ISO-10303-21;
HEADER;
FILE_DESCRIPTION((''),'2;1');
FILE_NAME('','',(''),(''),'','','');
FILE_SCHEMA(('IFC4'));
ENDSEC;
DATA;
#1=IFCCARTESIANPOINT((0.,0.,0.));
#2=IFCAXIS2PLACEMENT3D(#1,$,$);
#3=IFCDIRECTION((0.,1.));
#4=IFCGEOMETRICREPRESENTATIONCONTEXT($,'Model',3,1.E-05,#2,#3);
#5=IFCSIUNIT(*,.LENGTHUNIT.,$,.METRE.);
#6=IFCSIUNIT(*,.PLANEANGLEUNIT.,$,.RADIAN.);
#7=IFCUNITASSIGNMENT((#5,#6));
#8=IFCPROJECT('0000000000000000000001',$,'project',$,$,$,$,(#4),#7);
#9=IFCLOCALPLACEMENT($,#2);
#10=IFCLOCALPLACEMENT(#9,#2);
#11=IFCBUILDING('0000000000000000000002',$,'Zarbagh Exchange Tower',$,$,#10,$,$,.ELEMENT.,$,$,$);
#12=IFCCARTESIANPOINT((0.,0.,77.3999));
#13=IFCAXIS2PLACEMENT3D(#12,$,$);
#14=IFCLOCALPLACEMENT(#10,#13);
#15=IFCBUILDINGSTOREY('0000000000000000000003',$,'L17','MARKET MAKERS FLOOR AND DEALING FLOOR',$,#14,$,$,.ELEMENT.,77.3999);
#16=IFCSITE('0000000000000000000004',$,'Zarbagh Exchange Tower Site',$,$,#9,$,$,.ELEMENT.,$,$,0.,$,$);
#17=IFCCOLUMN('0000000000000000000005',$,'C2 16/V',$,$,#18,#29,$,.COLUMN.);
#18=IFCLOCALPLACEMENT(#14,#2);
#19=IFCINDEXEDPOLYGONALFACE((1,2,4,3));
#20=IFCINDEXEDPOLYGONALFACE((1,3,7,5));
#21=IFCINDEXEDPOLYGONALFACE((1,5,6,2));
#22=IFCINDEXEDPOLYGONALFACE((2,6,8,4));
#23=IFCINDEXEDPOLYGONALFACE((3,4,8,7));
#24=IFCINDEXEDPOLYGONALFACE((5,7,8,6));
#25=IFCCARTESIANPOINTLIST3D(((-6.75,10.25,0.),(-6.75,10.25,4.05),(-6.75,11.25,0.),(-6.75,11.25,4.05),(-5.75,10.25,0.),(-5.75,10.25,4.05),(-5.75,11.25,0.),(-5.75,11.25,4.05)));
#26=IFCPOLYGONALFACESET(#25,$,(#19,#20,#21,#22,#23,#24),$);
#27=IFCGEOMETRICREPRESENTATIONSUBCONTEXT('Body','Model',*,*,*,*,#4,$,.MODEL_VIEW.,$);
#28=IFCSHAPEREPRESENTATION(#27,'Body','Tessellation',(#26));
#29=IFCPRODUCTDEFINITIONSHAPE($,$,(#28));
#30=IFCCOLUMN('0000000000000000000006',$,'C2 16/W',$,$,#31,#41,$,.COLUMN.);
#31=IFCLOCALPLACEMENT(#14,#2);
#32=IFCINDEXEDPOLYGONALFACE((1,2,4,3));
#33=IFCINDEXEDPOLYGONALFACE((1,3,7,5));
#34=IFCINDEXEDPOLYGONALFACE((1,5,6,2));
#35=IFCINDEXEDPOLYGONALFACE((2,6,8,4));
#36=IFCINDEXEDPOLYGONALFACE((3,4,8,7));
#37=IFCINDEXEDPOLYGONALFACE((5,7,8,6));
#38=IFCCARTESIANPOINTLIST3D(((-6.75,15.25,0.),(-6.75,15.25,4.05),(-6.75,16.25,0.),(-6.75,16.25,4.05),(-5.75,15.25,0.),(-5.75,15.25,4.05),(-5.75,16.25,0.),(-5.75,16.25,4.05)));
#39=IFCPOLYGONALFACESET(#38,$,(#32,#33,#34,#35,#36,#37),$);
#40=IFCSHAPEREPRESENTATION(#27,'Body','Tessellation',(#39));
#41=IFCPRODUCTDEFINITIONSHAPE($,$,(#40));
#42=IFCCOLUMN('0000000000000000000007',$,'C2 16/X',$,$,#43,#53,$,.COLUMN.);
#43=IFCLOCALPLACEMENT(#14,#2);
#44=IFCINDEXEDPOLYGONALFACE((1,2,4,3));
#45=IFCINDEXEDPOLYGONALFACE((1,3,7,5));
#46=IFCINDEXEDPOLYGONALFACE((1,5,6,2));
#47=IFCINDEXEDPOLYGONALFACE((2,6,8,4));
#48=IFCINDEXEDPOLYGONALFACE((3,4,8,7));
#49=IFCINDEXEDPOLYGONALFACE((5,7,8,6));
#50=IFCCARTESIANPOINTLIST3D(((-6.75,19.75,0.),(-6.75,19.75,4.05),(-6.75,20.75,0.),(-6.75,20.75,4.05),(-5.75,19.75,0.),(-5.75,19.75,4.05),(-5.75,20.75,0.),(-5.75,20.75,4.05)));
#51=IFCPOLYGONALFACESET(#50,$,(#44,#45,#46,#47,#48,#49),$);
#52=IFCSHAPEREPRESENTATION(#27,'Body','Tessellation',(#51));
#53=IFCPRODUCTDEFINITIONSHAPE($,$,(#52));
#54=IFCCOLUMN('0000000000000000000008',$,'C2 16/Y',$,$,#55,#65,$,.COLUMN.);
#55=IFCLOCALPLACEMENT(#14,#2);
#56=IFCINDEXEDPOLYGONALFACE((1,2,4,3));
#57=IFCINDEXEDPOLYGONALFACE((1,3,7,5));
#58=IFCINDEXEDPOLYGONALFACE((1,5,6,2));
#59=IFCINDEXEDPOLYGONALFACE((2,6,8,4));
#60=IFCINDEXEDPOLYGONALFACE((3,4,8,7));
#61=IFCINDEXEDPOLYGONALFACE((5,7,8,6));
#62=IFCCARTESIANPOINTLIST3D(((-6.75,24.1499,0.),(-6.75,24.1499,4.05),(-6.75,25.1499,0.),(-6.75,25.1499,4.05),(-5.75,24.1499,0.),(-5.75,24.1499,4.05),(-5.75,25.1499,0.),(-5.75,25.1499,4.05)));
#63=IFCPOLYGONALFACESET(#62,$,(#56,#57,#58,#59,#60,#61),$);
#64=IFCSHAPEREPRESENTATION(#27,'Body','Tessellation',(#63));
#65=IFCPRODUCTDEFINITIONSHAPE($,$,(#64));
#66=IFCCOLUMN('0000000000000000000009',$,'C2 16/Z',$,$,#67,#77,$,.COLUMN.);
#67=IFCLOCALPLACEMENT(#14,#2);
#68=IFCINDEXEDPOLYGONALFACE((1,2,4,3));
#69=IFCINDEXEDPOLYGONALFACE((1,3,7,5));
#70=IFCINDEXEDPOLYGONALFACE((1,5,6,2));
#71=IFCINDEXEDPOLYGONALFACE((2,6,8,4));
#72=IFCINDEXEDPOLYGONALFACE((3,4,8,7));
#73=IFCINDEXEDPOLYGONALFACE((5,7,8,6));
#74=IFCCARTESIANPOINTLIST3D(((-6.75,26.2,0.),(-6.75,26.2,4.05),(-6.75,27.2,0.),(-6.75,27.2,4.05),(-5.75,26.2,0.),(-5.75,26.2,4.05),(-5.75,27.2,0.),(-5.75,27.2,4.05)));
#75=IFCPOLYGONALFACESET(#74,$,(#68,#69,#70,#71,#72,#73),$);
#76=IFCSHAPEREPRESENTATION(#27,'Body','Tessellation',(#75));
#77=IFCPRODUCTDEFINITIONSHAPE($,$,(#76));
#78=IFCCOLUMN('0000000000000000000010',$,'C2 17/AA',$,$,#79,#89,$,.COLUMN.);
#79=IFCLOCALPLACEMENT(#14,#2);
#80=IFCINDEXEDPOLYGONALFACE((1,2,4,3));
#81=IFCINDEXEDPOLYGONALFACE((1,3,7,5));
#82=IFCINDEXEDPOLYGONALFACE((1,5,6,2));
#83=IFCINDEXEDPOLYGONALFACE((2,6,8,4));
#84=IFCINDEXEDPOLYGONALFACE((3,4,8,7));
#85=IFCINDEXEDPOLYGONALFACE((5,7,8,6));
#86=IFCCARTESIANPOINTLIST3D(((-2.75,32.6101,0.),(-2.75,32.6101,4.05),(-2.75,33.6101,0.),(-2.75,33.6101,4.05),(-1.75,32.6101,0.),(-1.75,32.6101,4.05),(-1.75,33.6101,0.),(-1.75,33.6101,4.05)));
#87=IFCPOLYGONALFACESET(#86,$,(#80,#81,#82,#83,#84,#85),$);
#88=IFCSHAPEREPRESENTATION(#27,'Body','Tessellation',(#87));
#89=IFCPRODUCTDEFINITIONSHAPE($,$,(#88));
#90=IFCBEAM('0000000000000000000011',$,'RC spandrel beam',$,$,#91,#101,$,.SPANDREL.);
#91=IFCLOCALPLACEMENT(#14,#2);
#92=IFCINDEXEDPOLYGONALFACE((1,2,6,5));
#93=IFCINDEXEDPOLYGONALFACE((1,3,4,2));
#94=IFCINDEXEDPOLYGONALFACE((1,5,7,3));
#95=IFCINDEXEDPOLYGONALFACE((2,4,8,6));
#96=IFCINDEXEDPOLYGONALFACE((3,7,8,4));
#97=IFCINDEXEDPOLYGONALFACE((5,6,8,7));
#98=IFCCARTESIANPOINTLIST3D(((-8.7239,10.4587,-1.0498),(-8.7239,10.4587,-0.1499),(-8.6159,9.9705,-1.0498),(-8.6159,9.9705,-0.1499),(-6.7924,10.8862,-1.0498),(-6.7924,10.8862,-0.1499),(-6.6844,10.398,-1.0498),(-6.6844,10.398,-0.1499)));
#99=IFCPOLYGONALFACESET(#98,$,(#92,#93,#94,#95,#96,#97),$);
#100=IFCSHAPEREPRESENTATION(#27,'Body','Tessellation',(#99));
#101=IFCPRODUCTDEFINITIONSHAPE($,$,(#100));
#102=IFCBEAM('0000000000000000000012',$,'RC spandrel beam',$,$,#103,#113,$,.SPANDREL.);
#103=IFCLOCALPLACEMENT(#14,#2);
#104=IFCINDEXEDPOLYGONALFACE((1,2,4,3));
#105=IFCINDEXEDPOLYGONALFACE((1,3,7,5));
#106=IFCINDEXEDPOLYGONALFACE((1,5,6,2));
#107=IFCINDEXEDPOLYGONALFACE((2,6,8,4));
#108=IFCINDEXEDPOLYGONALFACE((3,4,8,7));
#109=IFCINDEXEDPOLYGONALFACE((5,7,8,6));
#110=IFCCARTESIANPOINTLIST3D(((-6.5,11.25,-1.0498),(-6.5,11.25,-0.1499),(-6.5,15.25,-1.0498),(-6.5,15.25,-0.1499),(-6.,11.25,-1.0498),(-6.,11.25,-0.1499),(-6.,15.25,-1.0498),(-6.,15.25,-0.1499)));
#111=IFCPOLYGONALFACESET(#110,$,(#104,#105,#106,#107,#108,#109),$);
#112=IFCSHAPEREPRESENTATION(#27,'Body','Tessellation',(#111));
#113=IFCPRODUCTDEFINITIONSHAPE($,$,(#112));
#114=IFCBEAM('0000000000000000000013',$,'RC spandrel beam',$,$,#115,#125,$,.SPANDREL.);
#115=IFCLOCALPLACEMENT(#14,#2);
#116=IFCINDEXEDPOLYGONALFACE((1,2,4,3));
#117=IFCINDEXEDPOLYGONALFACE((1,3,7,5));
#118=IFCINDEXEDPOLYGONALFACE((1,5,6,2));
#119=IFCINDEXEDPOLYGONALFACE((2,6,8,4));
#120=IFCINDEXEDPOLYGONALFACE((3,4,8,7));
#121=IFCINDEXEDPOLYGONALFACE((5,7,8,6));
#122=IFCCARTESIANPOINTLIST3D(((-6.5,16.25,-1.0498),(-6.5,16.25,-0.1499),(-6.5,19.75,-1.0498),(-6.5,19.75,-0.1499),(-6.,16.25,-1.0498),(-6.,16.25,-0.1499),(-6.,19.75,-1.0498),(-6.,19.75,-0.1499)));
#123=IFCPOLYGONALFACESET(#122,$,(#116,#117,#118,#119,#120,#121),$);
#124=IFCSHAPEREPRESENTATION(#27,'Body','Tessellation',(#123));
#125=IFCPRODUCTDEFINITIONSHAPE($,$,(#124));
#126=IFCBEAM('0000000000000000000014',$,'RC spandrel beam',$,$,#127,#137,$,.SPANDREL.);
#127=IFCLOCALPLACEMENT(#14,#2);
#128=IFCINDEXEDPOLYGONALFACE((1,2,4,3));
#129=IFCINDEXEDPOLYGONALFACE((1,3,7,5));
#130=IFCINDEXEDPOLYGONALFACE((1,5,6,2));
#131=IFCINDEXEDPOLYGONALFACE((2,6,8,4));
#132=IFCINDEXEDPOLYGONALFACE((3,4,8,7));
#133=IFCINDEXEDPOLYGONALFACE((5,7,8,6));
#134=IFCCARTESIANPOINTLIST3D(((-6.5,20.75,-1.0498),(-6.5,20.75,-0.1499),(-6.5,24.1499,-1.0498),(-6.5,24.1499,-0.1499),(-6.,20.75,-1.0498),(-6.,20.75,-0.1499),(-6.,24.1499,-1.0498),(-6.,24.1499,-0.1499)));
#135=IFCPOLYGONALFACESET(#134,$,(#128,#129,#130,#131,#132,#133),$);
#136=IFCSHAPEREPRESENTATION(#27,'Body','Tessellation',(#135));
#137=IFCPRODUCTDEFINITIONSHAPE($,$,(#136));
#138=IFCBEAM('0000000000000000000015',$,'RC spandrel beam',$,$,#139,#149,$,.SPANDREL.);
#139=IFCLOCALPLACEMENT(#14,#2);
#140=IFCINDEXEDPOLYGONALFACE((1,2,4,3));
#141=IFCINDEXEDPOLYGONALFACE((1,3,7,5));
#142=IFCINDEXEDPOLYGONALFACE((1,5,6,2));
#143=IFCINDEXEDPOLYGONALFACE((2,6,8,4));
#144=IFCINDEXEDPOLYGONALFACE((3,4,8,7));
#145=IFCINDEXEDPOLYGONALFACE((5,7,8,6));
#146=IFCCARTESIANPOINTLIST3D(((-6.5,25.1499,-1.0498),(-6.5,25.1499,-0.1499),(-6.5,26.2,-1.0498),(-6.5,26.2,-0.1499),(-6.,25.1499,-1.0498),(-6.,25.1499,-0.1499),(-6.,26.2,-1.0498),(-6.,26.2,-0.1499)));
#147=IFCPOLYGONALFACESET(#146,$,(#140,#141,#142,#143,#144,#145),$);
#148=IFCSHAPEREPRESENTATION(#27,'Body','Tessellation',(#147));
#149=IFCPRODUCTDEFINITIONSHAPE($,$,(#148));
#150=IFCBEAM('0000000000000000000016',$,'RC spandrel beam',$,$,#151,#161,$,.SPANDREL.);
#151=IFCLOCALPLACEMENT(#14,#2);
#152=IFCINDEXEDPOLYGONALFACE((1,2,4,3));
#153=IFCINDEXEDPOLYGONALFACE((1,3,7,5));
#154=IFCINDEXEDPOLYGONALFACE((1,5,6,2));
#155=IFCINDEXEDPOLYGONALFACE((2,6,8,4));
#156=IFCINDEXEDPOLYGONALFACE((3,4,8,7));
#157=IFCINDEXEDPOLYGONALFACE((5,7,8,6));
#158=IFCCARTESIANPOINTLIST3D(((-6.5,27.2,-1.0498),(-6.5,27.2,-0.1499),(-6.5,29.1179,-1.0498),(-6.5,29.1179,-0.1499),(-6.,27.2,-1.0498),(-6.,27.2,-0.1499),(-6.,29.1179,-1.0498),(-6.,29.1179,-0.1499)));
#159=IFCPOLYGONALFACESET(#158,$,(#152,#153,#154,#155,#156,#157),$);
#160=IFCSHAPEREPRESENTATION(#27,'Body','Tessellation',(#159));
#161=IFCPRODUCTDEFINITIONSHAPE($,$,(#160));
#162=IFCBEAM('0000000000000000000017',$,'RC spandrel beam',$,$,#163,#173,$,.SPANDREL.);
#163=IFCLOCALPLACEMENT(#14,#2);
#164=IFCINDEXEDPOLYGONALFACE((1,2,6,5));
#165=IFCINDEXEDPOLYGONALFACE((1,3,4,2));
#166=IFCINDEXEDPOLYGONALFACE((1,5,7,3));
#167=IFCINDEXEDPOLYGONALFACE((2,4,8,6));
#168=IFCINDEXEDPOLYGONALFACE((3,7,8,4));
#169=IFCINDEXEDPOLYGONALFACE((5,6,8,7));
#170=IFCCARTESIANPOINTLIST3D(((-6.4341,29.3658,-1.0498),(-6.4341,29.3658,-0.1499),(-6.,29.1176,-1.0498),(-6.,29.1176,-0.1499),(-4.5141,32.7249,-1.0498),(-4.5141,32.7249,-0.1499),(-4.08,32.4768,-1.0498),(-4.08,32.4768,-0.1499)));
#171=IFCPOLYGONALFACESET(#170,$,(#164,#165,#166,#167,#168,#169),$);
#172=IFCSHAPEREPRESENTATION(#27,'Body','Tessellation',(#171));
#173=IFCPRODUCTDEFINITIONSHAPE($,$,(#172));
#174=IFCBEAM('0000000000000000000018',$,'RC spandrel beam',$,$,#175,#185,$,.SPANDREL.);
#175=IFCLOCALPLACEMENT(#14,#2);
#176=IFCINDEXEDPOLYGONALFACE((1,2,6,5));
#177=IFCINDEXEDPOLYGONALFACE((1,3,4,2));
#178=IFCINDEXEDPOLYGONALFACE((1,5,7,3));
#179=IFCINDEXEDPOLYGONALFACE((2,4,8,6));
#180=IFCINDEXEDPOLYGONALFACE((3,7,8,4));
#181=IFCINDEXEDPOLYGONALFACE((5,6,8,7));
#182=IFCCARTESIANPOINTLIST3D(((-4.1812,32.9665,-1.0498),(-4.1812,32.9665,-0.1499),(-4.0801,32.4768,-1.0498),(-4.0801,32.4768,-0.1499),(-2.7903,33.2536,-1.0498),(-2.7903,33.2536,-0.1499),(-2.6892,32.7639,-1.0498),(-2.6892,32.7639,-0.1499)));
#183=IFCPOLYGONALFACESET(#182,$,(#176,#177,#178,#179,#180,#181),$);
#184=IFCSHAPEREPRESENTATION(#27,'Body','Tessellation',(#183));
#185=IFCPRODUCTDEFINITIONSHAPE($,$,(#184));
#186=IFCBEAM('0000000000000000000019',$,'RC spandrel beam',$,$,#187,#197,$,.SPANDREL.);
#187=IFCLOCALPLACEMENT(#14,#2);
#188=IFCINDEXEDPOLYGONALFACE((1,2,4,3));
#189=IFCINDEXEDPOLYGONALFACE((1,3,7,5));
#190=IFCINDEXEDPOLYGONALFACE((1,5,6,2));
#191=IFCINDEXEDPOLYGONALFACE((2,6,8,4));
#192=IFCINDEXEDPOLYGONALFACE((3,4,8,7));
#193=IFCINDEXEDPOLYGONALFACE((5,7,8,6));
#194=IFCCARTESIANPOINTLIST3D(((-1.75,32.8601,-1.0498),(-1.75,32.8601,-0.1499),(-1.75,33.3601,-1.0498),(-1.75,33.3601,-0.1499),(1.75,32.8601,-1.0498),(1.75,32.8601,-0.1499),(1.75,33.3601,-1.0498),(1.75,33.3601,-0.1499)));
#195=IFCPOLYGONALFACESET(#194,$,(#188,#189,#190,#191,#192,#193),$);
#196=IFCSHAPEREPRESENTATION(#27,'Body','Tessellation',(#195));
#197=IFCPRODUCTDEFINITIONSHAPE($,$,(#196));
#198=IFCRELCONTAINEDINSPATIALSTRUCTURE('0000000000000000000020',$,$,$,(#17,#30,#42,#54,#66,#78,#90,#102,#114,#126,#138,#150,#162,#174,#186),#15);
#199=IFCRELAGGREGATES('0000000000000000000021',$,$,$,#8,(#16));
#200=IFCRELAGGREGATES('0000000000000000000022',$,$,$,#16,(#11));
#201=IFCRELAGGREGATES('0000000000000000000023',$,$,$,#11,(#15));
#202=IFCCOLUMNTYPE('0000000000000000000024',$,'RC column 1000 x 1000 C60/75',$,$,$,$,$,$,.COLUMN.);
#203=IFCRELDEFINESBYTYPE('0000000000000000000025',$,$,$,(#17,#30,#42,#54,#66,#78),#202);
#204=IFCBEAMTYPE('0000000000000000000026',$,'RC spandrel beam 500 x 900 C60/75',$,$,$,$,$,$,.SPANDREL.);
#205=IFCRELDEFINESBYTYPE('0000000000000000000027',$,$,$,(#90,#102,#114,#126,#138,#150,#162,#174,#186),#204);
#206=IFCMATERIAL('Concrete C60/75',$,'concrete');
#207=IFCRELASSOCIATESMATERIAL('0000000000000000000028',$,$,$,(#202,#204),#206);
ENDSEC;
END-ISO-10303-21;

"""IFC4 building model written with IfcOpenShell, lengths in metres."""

from ifc_helpers import new_model, si_unit, direction, frame, origin, origin_2d, place, context, subcontext, project, spatial, rectangle, extrude, material, material_profile, profile_set, type_object, element, save


model = new_model("IFC4")

# Units and contexts
model_context = context("Model", 3, precision=1e-05, world=origin(), true_north=direction((0.0, 1.0)))
body_context = subcontext(model_context, "Body", "Model", "MODEL_VIEW")
ifc_project = project(units=[si_unit("LENGTHUNIT", "METRE"), si_unit("PLANEANGLEUNIT", "RADIAN")], contexts=[model_context])

# Site, building, storey
site_placement = place(None, origin())
site = spatial("IfcSite", under=ifc_project, at=site_placement, Name="Zarbagh Exchange Tower Site", CompositionType="ELEMENT", RefElevation=0.0)
building_placement = place(site_placement, origin())
building = spatial("IfcBuilding", under=site, at=building_placement, Name="Zarbagh Exchange Tower", CompositionType="ELEMENT")
storey_placement = place(building_placement, frame((0.0, 0.0, 77.3999)))
storey = spatial("IfcBuildingStorey", under=building, at=storey_placement, Name="L17", Description="MARKET MAKERS FLOOR AND DEALING FLOOR", CompositionType="ELEMENT", Elevation=77.3999)

# Columns
ifc_material_1 = material(Name="Concrete C60/75", Category="concrete")
ifc_material_profile_1 = material_profile(ifc_material_1, rectangle(XDim=1.0, YDim=1.0, at=origin_2d()), Name="RC column 1000 x 1000 C60/75")
ifc_profile_set_1 = profile_set([ifc_material_profile_1], Name="Concrete C60/75")
column_type = type_object("IfcColumnType", Name="RC column 1000 x 1000 C60/75", PredefinedType="COLUMN", material=ifc_profile_set_1)
for number, where, z_axis, x_axis, name in (
    (1, (-6.25, 10.75, 0.0), (0.0, 0.0, 1.0), (1.0, 0.0, 0.0), "C2 16/V"),
    (2, (-6.25, 15.75, 0.0), (0.0, 0.0, 1.0), (1.0, 0.0, 0.0), "C2 16/W"),
    (3, (-6.25, 20.25, 0.0), (0.0, 0.0, 1.0), (1.0, 0.0, 0.0), "C2 16/X"),
    (4, (-6.25, 24.6499, 0.0), (0.0, 0.0, 1.0), (1.0, 0.0, 0.0), "C2 16/Y"),
    (5, (-6.25, 26.7, 0.0), (0.0, 0.0, 1.0), (1.0, 0.0, 0.0), "C2 16/Z"),
    (6, (-2.25, 33.1101, 0.0), (0.0, 0.0, 1.0), (1.0, 0.0, 0.0), "C2 17/AA"),
):
    element("IfcColumn", number, at=place(storey_placement, frame(where, z_axis=z_axis, x_axis=x_axis)), inside=storey, type_object=column_type, Name=name, PredefinedType="COLUMN", context=body_context, shape_type="SweptSolid", body=[
        extrude(rectangle(XDim=1.0, YDim=1.0, at=origin_2d()), origin(), (0.0, 0.0, 1.0), 4.05),
    ])

# Beams
ifc_material_profile_2 = material_profile(ifc_material_1, rectangle(XDim=0.5, YDim=0.8999, at=origin_2d()), Name="RC spandrel beam 500 x 900 C60/75")
ifc_profile_set_2 = profile_set([ifc_material_profile_2], Name="Concrete C60/75")
beam_type = type_object("IfcBeamType", Name="RC spandrel beam 500 x 900 C60/75", PredefinedType="SPANDREL", material=ifc_profile_set_2)
beam_1_placement = place(storey_placement, frame((-8.6699, 10.2146, -0.5999), z_axis=(0.976375, 0.216081, 0.0), x_axis=(-0.216081, 0.976375, 0.0)))
element("IfcBeam", 7, at=beam_1_placement, inside=storey, type_object=beam_type, Name="RC spandrel beam", PredefinedType="SPANDREL", context=body_context, shape_type="SweptSolid", body=[
    extrude(rectangle(XDim=0.5, YDim=0.8999, at=origin_2d()), origin(), (0.0, 0.0, 1.0), 1.9783),
])
beam_2_placement = place(storey_placement, frame((-6.25, 11.25, -0.5999), z_axis=(0.0, 1.0, 0.0), x_axis=(-1.0, 0.0, 0.0)))
element("IfcBeam", 8, at=beam_2_placement, inside=storey, type_object=beam_type, Name="RC spandrel beam", PredefinedType="SPANDREL", context=body_context, shape_type="SweptSolid", body=[
    extrude(rectangle(XDim=0.5, YDim=0.8999, at=origin_2d()), origin(), (0.0, 0.0, 1.0), 4.0),
])
beam_3_placement = place(storey_placement, frame((-6.25, 16.25, -0.5999), z_axis=(0.0, 1.0, 0.0), x_axis=(-1.0, 0.0, 0.0)))
element("IfcBeam", 9, at=beam_3_placement, inside=storey, type_object=beam_type, Name="RC spandrel beam", PredefinedType="SPANDREL", context=body_context, shape_type="SweptSolid", body=[
    extrude(rectangle(XDim=0.5, YDim=0.8999, at=origin_2d()), origin(), (0.0, 0.0, 1.0), 3.5),
])
beam_4_placement = place(storey_placement, frame((-6.25, 20.75, -0.5999), z_axis=(0.0, 1.0, 0.0), x_axis=(-1.0, 0.0, 0.0)))
element("IfcBeam", 10, at=beam_4_placement, inside=storey, type_object=beam_type, Name="RC spandrel beam", PredefinedType="SPANDREL", context=body_context, shape_type="SweptSolid", body=[
    extrude(rectangle(XDim=0.5, YDim=0.8999, at=origin_2d()), origin(), (0.0, 0.0, 1.0), 3.3999),
])
beam_5_placement = place(storey_placement, frame((-6.25, 25.1499, -0.5999), z_axis=(0.0, 1.0, 0.0), x_axis=(-1.0, 0.0, 0.0)))
element("IfcBeam", 11, at=beam_5_placement, inside=storey, type_object=beam_type, Name="RC spandrel beam", PredefinedType="SPANDREL", context=body_context, shape_type="SweptSolid", body=[
    extrude(rectangle(XDim=0.5, YDim=0.8999, at=origin_2d()), origin(), (0.0, 0.0, 1.0), 1.05),
])
beam_6_placement = place(storey_placement, frame((-6.25, 27.2, -0.5999), z_axis=(0.0, 1.0, 0.0), x_axis=(-1.0, 0.0, 0.0)))
element("IfcBeam", 12, at=beam_6_placement, inside=storey, type_object=beam_type, Name="RC spandrel beam", PredefinedType="SPANDREL", context=body_context, shape_type="SweptSolid", body=[
    extrude(rectangle(XDim=0.5, YDim=0.8999, at=origin_2d()), origin(), (0.0, 0.0, 1.0), 1.918),
])
beam_7_placement = place(storey_placement, frame((-6.217, 29.2417, -0.5999), z_axis=(0.49622, 0.868197, 0.0), x_axis=(-0.868197, 0.49622, 0.0)))
element("IfcBeam", 13, at=beam_7_placement, inside=storey, type_object=beam_type, Name="RC spandrel beam", PredefinedType="SPANDREL", context=body_context, shape_type="SweptSolid", body=[
    extrude(rectangle(XDim=0.5, YDim=0.8999, at=origin_2d()), origin(), (0.0, 0.0, 1.0), 3.8691),
])
beam_8_placement = place(storey_placement, frame((-4.1306, 32.7217, -0.5999), z_axis=(0.979352, 0.202162, 0.0), x_axis=(-0.202162, 0.979352, 0.0)))
element("IfcBeam", 14, at=beam_8_placement, inside=storey, type_object=beam_type, Name="RC spandrel beam", PredefinedType="SPANDREL", context=body_context, shape_type="SweptSolid", body=[
    extrude(rectangle(XDim=0.5, YDim=0.8999, at=origin_2d()), origin(), (0.0, 0.0, 1.0), 1.4202),
])
beam_9_placement = place(storey_placement, frame((-1.75, 33.1101, -0.5999), z_axis=(1.0, 0.0, 0.0), x_axis=(0.0, 1.0, 0.0)))
element("IfcBeam", 15, at=beam_9_placement, inside=storey, type_object=beam_type, Name="RC spandrel beam", PredefinedType="SPANDREL", context=body_context, shape_type="SweptSolid", body=[
    extrude(rectangle(XDim=0.5, YDim=0.8999, at=origin_2d()), origin(), (0.0, 0.0, 1.0), 3.5),
])

save(model, "model.ifc")
